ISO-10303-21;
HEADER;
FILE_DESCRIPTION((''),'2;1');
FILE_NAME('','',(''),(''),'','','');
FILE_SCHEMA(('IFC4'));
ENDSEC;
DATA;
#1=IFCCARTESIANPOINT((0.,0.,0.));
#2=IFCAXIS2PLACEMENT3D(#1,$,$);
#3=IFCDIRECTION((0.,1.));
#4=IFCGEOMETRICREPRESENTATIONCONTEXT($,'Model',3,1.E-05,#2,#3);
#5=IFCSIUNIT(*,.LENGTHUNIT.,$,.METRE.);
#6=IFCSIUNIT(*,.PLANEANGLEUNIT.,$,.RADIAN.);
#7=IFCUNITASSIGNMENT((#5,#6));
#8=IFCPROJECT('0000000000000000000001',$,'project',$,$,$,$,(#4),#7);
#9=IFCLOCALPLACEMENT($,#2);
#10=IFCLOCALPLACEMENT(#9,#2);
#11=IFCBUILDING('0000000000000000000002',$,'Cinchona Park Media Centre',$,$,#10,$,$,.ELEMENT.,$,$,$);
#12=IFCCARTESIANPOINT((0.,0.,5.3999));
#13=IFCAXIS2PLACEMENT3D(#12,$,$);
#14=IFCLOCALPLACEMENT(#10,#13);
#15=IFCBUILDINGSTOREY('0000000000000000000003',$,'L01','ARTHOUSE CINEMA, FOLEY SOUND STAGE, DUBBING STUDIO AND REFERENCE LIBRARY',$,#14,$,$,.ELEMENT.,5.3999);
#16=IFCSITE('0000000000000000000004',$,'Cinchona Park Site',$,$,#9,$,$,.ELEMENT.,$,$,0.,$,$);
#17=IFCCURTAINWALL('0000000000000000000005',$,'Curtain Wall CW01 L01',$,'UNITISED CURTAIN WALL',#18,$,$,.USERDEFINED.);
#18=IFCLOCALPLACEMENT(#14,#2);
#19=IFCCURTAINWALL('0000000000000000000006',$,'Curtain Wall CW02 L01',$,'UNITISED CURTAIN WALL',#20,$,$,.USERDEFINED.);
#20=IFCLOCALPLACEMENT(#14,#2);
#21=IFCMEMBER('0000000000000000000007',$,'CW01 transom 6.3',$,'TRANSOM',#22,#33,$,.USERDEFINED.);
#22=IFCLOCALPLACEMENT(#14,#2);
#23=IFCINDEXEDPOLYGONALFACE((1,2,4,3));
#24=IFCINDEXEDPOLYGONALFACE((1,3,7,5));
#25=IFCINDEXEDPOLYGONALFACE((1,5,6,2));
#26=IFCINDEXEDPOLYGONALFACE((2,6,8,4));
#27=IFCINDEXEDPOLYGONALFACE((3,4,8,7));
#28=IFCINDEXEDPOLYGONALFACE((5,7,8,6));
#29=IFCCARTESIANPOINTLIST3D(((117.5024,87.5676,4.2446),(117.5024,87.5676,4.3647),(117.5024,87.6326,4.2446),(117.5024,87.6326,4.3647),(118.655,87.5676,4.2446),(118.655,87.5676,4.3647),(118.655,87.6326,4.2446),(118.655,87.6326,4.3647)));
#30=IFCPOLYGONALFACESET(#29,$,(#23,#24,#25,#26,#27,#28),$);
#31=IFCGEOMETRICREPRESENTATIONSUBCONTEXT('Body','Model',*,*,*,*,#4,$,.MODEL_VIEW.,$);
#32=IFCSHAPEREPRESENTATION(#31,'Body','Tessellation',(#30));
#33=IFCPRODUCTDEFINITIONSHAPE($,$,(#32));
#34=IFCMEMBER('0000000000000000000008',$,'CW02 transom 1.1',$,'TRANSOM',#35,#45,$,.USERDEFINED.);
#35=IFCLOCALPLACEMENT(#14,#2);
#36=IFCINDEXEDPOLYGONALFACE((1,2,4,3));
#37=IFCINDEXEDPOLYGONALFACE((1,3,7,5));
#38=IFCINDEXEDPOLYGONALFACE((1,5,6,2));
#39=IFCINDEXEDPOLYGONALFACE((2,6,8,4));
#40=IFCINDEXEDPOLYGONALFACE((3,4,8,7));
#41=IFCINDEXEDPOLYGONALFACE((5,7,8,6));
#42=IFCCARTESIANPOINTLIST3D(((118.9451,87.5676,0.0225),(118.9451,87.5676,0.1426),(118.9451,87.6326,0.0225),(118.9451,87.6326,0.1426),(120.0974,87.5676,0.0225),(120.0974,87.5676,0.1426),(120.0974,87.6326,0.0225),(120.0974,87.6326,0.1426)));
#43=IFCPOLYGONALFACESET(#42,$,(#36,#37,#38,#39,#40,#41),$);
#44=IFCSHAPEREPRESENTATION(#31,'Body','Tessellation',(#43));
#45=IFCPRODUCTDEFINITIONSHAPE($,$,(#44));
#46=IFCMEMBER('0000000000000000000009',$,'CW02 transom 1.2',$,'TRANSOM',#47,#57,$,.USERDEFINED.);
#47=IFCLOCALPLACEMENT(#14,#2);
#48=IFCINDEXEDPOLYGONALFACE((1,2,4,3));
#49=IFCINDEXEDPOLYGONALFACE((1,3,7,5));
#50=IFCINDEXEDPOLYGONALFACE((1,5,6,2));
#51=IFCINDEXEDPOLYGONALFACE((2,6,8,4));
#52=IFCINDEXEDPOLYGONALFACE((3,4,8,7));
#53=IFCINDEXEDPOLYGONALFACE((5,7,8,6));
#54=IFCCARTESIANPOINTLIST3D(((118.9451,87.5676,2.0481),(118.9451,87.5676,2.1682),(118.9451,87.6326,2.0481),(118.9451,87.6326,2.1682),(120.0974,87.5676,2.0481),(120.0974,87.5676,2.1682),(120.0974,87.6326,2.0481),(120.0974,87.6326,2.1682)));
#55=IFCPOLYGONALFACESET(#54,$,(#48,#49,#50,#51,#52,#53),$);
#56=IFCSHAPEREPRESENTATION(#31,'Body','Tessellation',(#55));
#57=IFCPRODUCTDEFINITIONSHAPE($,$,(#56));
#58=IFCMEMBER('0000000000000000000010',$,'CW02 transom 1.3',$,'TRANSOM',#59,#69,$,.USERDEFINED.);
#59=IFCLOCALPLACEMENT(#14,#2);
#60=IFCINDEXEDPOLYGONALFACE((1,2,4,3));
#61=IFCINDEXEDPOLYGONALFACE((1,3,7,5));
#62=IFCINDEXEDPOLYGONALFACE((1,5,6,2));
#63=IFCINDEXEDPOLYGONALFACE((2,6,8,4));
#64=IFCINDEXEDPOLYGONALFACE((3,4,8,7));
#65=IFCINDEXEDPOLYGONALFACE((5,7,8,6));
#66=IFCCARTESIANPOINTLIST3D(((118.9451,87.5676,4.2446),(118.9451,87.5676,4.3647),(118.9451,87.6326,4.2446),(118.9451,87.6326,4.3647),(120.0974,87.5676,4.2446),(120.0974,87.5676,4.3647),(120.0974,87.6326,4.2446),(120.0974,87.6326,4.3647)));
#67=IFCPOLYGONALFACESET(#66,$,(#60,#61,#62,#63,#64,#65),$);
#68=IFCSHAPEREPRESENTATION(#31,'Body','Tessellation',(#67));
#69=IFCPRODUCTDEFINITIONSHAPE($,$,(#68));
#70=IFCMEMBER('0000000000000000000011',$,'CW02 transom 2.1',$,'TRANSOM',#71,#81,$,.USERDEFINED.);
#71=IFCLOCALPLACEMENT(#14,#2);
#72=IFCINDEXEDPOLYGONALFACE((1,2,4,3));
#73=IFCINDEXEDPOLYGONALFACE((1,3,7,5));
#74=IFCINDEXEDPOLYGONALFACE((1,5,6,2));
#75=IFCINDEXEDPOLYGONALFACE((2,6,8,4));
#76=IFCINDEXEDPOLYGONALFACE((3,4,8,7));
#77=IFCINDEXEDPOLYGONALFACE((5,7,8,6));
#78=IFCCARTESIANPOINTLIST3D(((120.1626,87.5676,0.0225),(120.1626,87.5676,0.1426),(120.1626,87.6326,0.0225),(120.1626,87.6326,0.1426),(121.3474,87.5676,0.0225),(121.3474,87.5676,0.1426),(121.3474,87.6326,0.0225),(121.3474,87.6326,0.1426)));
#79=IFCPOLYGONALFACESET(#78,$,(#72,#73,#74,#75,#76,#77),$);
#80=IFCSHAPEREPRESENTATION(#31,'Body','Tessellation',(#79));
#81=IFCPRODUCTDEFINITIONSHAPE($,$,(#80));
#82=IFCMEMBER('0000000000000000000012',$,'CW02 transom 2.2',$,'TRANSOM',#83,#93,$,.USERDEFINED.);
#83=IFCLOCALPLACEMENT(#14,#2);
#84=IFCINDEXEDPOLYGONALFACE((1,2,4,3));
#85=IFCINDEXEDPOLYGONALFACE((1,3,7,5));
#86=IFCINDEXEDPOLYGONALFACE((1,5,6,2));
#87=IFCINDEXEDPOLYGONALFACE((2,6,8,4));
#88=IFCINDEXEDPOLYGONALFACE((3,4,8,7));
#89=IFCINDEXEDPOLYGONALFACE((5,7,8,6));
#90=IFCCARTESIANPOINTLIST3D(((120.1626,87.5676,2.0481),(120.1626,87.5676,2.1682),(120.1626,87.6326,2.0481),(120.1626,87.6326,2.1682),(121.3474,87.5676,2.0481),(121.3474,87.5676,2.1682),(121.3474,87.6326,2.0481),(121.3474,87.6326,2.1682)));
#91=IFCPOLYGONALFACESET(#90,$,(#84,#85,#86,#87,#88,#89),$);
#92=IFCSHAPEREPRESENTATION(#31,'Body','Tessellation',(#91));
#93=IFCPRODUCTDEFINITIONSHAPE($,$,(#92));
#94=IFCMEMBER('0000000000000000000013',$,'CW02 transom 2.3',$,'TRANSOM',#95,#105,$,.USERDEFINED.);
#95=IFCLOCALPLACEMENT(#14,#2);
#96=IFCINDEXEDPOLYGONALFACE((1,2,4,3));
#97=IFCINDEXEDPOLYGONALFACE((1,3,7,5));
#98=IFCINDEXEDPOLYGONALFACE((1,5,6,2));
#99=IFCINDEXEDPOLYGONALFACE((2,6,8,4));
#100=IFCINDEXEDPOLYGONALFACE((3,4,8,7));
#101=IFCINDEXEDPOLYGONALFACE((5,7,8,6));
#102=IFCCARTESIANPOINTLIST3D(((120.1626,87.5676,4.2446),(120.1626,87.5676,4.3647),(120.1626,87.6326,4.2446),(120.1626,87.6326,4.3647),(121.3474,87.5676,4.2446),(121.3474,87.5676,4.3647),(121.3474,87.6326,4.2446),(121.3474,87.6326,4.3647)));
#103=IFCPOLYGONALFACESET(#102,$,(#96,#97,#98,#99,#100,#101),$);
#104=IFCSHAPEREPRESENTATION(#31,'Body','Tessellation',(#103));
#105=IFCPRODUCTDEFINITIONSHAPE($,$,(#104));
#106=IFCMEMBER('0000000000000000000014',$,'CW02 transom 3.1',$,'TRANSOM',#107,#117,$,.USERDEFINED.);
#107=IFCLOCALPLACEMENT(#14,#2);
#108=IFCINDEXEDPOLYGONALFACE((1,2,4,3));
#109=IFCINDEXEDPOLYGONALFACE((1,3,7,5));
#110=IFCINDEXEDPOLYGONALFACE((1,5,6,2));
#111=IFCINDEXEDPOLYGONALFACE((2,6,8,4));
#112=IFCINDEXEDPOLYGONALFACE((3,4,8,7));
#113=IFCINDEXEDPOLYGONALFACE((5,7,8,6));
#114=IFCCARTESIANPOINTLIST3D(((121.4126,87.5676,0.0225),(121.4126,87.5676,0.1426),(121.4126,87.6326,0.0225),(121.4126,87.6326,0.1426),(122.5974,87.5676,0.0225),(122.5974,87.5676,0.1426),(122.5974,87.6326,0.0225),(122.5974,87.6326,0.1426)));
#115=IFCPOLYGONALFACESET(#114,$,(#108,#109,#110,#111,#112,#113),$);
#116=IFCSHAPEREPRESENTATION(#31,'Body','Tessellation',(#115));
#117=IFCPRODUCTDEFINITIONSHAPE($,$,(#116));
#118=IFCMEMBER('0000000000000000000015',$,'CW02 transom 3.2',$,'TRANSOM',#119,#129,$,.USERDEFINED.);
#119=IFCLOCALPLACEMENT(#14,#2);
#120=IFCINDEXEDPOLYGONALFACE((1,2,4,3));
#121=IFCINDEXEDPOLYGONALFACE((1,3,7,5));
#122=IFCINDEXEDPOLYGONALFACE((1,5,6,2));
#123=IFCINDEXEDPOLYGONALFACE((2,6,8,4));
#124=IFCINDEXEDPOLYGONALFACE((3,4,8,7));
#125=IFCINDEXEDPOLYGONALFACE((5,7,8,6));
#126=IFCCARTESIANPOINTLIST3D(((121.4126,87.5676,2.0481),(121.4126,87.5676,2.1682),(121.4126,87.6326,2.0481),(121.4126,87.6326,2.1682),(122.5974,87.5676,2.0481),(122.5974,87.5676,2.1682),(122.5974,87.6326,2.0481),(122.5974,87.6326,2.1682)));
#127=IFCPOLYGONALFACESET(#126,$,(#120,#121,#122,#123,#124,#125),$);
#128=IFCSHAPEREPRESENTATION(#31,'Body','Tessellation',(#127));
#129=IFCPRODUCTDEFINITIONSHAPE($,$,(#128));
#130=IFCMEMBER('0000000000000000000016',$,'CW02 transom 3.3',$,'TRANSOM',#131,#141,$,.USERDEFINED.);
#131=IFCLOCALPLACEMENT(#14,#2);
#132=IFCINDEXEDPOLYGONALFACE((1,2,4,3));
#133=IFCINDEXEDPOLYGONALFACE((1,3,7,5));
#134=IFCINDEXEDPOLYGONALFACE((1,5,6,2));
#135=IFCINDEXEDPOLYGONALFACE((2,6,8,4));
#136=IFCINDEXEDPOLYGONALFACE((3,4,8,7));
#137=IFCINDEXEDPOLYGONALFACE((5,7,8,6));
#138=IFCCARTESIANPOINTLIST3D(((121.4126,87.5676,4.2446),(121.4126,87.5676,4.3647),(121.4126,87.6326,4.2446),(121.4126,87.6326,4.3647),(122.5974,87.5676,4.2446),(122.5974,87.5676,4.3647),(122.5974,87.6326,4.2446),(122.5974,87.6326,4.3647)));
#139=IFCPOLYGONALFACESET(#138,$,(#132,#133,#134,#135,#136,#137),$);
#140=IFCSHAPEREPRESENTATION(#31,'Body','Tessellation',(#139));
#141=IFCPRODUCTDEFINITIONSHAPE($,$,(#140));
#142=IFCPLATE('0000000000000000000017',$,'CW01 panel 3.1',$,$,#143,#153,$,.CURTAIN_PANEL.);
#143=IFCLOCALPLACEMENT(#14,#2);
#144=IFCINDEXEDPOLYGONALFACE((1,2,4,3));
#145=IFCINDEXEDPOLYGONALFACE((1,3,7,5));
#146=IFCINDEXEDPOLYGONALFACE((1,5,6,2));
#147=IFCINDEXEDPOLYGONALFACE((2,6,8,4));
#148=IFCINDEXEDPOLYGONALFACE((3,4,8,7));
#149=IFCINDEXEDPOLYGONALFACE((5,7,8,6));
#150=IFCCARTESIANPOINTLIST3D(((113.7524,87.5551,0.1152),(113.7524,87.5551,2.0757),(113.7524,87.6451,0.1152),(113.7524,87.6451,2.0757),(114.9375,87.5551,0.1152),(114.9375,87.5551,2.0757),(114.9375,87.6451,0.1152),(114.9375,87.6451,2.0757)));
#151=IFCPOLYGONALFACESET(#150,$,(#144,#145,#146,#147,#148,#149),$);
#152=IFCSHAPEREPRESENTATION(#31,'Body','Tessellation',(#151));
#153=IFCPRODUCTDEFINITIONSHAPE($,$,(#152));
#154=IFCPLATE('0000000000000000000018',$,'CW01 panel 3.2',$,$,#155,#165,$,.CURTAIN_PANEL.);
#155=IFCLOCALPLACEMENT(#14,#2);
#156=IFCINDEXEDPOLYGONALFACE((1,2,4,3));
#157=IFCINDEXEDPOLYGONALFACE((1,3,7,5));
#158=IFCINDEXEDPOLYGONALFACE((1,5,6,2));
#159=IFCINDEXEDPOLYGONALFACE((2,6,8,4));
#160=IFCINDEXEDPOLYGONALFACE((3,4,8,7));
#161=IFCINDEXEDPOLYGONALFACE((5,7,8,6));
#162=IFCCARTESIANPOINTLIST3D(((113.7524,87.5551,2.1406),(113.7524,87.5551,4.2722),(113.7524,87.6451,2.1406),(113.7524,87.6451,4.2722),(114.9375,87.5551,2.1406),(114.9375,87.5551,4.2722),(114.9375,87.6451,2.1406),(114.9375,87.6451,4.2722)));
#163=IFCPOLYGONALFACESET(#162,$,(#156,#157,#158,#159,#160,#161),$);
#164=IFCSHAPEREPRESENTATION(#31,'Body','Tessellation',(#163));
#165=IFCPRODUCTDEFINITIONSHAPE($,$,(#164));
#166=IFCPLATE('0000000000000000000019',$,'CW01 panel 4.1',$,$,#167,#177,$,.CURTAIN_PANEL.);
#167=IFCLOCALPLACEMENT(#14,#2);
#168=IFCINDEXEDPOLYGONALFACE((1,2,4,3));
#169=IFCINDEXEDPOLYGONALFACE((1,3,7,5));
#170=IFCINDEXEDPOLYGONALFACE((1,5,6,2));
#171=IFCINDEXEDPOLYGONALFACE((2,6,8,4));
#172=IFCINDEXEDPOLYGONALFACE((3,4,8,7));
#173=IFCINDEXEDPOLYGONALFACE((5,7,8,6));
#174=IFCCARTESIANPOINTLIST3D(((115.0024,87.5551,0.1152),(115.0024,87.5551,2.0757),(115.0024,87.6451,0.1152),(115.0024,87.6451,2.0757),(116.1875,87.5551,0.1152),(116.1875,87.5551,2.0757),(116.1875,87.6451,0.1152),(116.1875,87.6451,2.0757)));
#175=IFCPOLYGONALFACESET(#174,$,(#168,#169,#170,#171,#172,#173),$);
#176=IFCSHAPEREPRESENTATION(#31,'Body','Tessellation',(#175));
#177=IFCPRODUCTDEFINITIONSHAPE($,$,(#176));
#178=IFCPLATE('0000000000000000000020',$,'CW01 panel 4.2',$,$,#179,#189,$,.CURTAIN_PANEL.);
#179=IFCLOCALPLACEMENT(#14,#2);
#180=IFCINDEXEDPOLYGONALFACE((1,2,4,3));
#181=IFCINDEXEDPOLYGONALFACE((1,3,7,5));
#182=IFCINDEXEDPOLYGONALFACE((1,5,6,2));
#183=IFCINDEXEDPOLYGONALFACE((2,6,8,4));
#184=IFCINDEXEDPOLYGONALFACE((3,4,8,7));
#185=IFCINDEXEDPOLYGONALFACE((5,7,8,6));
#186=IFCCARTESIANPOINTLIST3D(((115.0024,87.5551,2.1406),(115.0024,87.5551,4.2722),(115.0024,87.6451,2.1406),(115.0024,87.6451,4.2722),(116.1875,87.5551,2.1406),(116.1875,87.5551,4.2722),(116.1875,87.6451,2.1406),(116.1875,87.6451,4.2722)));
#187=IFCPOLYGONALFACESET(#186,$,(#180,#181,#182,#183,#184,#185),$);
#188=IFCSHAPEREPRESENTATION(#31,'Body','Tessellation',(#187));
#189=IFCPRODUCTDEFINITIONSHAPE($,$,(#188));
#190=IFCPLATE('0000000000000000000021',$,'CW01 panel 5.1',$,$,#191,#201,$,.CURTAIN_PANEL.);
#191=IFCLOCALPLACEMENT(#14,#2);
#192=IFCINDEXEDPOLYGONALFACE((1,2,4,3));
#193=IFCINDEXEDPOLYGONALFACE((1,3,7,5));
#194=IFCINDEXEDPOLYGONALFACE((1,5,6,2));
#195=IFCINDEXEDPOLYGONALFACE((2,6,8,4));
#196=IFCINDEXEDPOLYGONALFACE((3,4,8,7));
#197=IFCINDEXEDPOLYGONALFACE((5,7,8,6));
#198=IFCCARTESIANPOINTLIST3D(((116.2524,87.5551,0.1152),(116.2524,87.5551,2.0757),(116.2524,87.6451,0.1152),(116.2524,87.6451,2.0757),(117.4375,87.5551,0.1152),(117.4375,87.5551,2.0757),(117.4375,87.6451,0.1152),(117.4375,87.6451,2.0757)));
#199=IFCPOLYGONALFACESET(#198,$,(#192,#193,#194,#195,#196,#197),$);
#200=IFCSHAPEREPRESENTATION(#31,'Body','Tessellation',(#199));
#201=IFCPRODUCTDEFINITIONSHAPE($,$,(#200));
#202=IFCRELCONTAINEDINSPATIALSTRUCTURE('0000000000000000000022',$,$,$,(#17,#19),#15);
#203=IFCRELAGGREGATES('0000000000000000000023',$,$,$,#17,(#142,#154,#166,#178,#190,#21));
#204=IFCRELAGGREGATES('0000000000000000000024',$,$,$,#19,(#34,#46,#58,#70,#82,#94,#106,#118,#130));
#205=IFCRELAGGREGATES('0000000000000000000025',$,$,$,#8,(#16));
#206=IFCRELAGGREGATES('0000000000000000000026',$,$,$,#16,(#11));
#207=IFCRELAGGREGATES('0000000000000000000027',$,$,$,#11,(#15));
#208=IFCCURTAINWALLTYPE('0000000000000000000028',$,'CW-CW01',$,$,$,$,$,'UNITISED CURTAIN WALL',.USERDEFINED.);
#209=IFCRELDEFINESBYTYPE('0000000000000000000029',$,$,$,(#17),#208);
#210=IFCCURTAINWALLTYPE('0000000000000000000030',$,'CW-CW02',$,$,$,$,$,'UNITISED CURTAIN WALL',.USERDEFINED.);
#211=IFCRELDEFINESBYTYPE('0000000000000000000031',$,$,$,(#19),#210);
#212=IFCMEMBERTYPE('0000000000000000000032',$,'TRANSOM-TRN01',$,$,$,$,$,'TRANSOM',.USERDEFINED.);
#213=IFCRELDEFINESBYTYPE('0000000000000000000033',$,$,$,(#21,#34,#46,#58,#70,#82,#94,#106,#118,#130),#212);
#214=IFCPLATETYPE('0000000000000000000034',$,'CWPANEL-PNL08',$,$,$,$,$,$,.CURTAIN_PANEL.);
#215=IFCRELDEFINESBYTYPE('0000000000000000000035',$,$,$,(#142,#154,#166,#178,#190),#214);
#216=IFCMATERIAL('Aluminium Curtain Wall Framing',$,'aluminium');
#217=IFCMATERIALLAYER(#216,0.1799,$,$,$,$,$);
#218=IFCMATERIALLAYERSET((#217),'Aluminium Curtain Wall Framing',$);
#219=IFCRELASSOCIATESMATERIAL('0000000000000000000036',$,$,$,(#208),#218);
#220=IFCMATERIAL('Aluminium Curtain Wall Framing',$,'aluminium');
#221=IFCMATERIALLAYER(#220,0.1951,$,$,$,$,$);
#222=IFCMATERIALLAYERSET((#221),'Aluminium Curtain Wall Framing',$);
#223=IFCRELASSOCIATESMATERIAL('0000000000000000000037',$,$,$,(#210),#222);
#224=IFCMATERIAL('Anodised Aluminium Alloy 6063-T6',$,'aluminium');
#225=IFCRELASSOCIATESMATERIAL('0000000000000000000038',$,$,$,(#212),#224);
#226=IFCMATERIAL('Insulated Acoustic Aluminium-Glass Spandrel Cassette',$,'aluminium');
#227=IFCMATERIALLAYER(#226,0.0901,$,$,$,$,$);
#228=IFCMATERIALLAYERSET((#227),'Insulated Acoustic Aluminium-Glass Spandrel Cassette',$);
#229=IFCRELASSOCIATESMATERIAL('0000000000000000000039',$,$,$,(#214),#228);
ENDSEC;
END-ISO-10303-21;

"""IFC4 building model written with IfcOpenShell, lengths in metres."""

from ifc_helpers import new_model, si_unit, direction, frame, origin, origin_2d, place, context, subcontext, project, spatial, rectangle, extrude, material, layer, layer_set, material_profile, profile_set, type_object, element, aggregate, save


model = new_model("IFC4")

# Units and contexts
model_context = context("Model", 3, precision=1e-05, world=origin(), true_north=direction((0.0, 1.0)))
body_context = subcontext(model_context, "Body", "Model", "MODEL_VIEW")
ifc_project = project(units=[si_unit("LENGTHUNIT", "METRE"), si_unit("PLANEANGLEUNIT", "RADIAN")], contexts=[model_context])

# Site, building, storey
site_placement = place(None, origin())
site = spatial("IfcSite", under=ifc_project, at=site_placement, Name="Cinchona Park Site", CompositionType="ELEMENT", RefElevation=0.0)
building_placement = place(site_placement, origin())
building = spatial("IfcBuilding", under=site, at=building_placement, Name="Cinchona Park Media Centre", CompositionType="ELEMENT")
storey_placement = place(building_placement, frame((0.0, 0.0, 5.3999)))
storey = spatial("IfcBuildingStorey", under=building, at=storey_placement, Name="L01", Description="ARTHOUSE CINEMA, FOLEY SOUND STAGE, DUBBING STUDIO AND REFERENCE LIBRARY", CompositionType="ELEMENT", Elevation=5.3999)

# Curtain walls
ifc_material_1 = material(Name="Aluminium Curtain Wall Framing", Category="aluminium")
ifc_layer_1 = layer(ifc_material_1, 0.1799)
ifc_layer_set_1 = layer_set([ifc_layer_1], Name="Aluminium Curtain Wall Framing")
curtain_wall_type_1 = type_object("IfcCurtainWallType", Name="CW-CW01", ElementType="UNITISED CURTAIN WALL", PredefinedType="USERDEFINED", material=ifc_layer_set_1)
curtain_wall_1_placement = place(storey_placement, origin())
curtain_wall_1 = element("IfcCurtainWall", 1, at=curtain_wall_1_placement, inside=storey, type_object=curtain_wall_type_1, Name="Curtain Wall CW01 L01", ObjectType="UNITISED CURTAIN WALL", PredefinedType="USERDEFINED")
ifc_material_2 = material(Name="Aluminium Curtain Wall Framing", Category="aluminium")
ifc_layer_2 = layer(ifc_material_2, 0.1951)
ifc_layer_set_2 = layer_set([ifc_layer_2], Name="Aluminium Curtain Wall Framing")
curtain_wall_type_2 = type_object("IfcCurtainWallType", Name="CW-CW02", ElementType="UNITISED CURTAIN WALL", PredefinedType="USERDEFINED", material=ifc_layer_set_2)
curtain_wall_2_placement = place(storey_placement, origin())
curtain_wall_2 = element("IfcCurtainWall", 2, at=curtain_wall_2_placement, inside=storey, type_object=curtain_wall_type_2, Name="Curtain Wall CW02 L01", ObjectType="UNITISED CURTAIN WALL", PredefinedType="USERDEFINED")

# Members
ifc_material_3 = material(Name="Anodised Aluminium Alloy 6063-T6", Category="aluminium")
ifc_material_profile_1 = material_profile(ifc_material_3, rectangle(XDim=0.0649, YDim=0.1201, at=origin_2d()), Name="TRN-65X120")
ifc_profile_set_1 = profile_set([ifc_material_profile_1], Name="Anodised Aluminium Alloy 6063-T6")
member_type_1 = type_object("IfcMemberType", Name="TRANSOM-TRN01", ElementType="TRANSOM", PredefinedType="USERDEFINED", material=ifc_profile_set_1)
member_1_placement = place(storey_placement, frame((117.5024, 87.6001, 4.3047), z_axis=(1.0, 0.0, 0.0), x_axis=(0.0, 1.0, 0.0)))
member_1 = element("IfcMember", 3, at=member_1_placement, type_object=member_type_1, Name="CW01 transom 6.3", ObjectType="TRANSOM", PredefinedType="USERDEFINED", context=body_context, shape_type="SweptSolid", body=[
    extrude(rectangle(XDim=0.0649, YDim=0.1201, at=origin_2d()), origin(), (0.0, 0.0, 1.0), 1.1526),
])
member_2_placement = place(storey_placement, frame((118.9451, 87.6001, 0.0825), z_axis=(1.0, 0.0, 0.0), x_axis=(0.0, 1.0, 0.0)))
member_2 = element("IfcMember", 4, at=member_2_placement, type_object=member_type_1, Name="CW02 transom 1.1", ObjectType="TRANSOM", PredefinedType="USERDEFINED", context=body_context, shape_type="SweptSolid", body=[
    extrude(rectangle(XDim=0.0649, YDim=0.1201, at=origin_2d()), origin(), (0.0, 0.0, 1.0), 1.1523),
])
member_3_placement = place(storey_placement, frame((118.9451, 87.6001, 2.1082), z_axis=(1.0, 0.0, 0.0), x_axis=(0.0, 1.0, 0.0)))
member_3 = element("IfcMember", 5, at=member_3_placement, type_object=member_type_1, Name="CW02 transom 1.2", ObjectType="TRANSOM", PredefinedType="USERDEFINED", context=body_context, shape_type="SweptSolid", body=[
    extrude(rectangle(XDim=0.0649, YDim=0.1201, at=origin_2d()), origin(), (0.0, 0.0, 1.0), 1.1523),
])
member_4_placement = place(storey_placement, frame((118.9451, 87.6001, 4.3047), z_axis=(1.0, 0.0, 0.0), x_axis=(0.0, 1.0, 0.0)))
member_4 = element("IfcMember", 6, at=member_4_placement, type_object=member_type_1, Name="CW02 transom 1.3", ObjectType="TRANSOM", PredefinedType="USERDEFINED", context=body_context, shape_type="SweptSolid", body=[
    extrude(rectangle(XDim=0.0649, YDim=0.1201, at=origin_2d()), origin(), (0.0, 0.0, 1.0), 1.1523),
])
member_5_placement = place(storey_placement, frame((120.1626, 87.6001, 0.0825), z_axis=(1.0, 0.0, 0.0), x_axis=(0.0, 1.0, 0.0)))
member_5 = element("IfcMember", 7, at=member_5_placement, type_object=member_type_1, Name="CW02 transom 2.1", ObjectType="TRANSOM", PredefinedType="USERDEFINED", context=body_context, shape_type="SweptSolid", body=[
    extrude(rectangle(XDim=0.0649, YDim=0.1201, at=origin_2d()), origin(), (0.0, 0.0, 1.0), 1.1848),
])
member_6_placement = place(storey_placement, frame((120.1626, 87.6001, 2.1082), z_axis=(1.0, 0.0, 0.0), x_axis=(0.0, 1.0, 0.0)))
member_6 = element("IfcMember", 8, at=member_6_placement, type_object=member_type_1, Name="CW02 transom 2.2", ObjectType="TRANSOM", PredefinedType="USERDEFINED", context=body_context, shape_type="SweptSolid", body=[
    extrude(rectangle(XDim=0.0649, YDim=0.1201, at=origin_2d()), origin(), (0.0, 0.0, 1.0), 1.1848),
])
member_7_placement = place(storey_placement, frame((120.1626, 87.6001, 4.3047), z_axis=(1.0, 0.0, 0.0), x_axis=(0.0, 1.0, 0.0)))
member_7 = element("IfcMember", 9, at=member_7_placement, type_object=member_type_1, Name="CW02 transom 2.3", ObjectType="TRANSOM", PredefinedType="USERDEFINED", context=body_context, shape_type="SweptSolid", body=[
    extrude(rectangle(XDim=0.0649, YDim=0.1201, at=origin_2d()), origin(), (0.0, 0.0, 1.0), 1.1848),
])
member_8_placement = place(storey_placement, frame((121.4126, 87.6001, 0.0825), z_axis=(1.0, 0.0, 0.0), x_axis=(0.0, 1.0, 0.0)))
member_8 = element("IfcMember", 10, at=member_8_placement, type_object=member_type_1, Name="CW02 transom 3.1", ObjectType="TRANSOM", PredefinedType="USERDEFINED", context=body_context, shape_type="SweptSolid", body=[
    extrude(rectangle(XDim=0.0649, YDim=0.1201, at=origin_2d()), origin(), (0.0, 0.0, 1.0), 1.1848),
])
member_9_placement = place(storey_placement, frame((121.4126, 87.6001, 2.1082), z_axis=(1.0, 0.0, 0.0), x_axis=(0.0, 1.0, 0.0)))
member_9 = element("IfcMember", 11, at=member_9_placement, type_object=member_type_1, Name="CW02 transom 3.2", ObjectType="TRANSOM", PredefinedType="USERDEFINED", context=body_context, shape_type="SweptSolid", body=[
    extrude(rectangle(XDim=0.0649, YDim=0.1201, at=origin_2d()), origin(), (0.0, 0.0, 1.0), 1.1848),
])
member_10_placement = place(storey_placement, frame((121.4126, 87.6001, 4.3047), z_axis=(1.0, 0.0, 0.0), x_axis=(0.0, 1.0, 0.0)))
member_10 = element("IfcMember", 12, at=member_10_placement, type_object=member_type_1, Name="CW02 transom 3.3", ObjectType="TRANSOM", PredefinedType="USERDEFINED", context=body_context, shape_type="SweptSolid", body=[
    extrude(rectangle(XDim=0.0649, YDim=0.1201, at=origin_2d()), origin(), (0.0, 0.0, 1.0), 1.1848),
])

# Plates
ifc_material_4 = material(Name="Insulated Acoustic Aluminium-Glass Spandrel Cassette", Category="aluminium")
ifc_layer_3 = layer(ifc_material_4, 0.0901)
ifc_layer_set_3 = layer_set([ifc_layer_3], Name="Insulated Acoustic Aluminium-Glass Spandrel Cassette")
plate_type_1 = type_object("IfcPlateType", Name="CWPANEL-PNL08", PredefinedType="CURTAIN_PANEL", material=ifc_layer_set_3)
plate_1_placement = place(storey_placement, frame((114.345, 87.6001, 0.1152), z_axis=(0.0, 0.0, 1.0), x_axis=(1.0, 0.0, 0.0)))
plate_1 = element("IfcPlate", 13, at=plate_1_placement, type_object=plate_type_1, Name="CW01 panel 3.1", PredefinedType="CURTAIN_PANEL", context=body_context, shape_type="SweptSolid", body=[
    extrude(rectangle(XDim=1.1851, YDim=0.0901, at=origin_2d()), origin(), (0.0, 0.0, 1.0), 1.9604),
])
plate_2_placement = place(storey_placement, frame((114.345, 87.6001, 2.1406), z_axis=(0.0, 0.0, 1.0), x_axis=(1.0, 0.0, 0.0)))
plate_2 = element("IfcPlate", 14, at=plate_2_placement, type_object=plate_type_1, Name="CW01 panel 3.2", PredefinedType="CURTAIN_PANEL", context=body_context, shape_type="SweptSolid", body=[
    extrude(rectangle(XDim=1.1851, YDim=0.0901, at=origin_2d()), origin(), (0.0, 0.0, 1.0), 2.1316),
])
plate_3_placement = place(storey_placement, frame((115.595, 87.6001, 0.1152), z_axis=(0.0, 0.0, 1.0), x_axis=(1.0, 0.0, 0.0)))
plate_3 = element("IfcPlate", 15, at=plate_3_placement, type_object=plate_type_1, Name="CW01 panel 4.1", PredefinedType="CURTAIN_PANEL", context=body_context, shape_type="SweptSolid", body=[
    extrude(rectangle(XDim=1.1851, YDim=0.0901, at=origin_2d()), origin(), (0.0, 0.0, 1.0), 1.9604),
])
plate_4_placement = place(storey_placement, frame((115.595, 87.6001, 2.1406), z_axis=(0.0, 0.0, 1.0), x_axis=(1.0, 0.0, 0.0)))
plate_4 = element("IfcPlate", 16, at=plate_4_placement, type_object=plate_type_1, Name="CW01 panel 4.2", PredefinedType="CURTAIN_PANEL", context=body_context, shape_type="SweptSolid", body=[
    extrude(rectangle(XDim=1.1851, YDim=0.0901, at=origin_2d()), origin(), (0.0, 0.0, 1.0), 2.1316),
])
plate_5_placement = place(storey_placement, frame((116.845, 87.6001, 0.1152), z_axis=(0.0, 0.0, 1.0), x_axis=(1.0, 0.0, 0.0)))
plate_5 = element("IfcPlate", 17, at=plate_5_placement, type_object=plate_type_1, Name="CW01 panel 5.1", PredefinedType="CURTAIN_PANEL", context=body_context, shape_type="SweptSolid", body=[
    extrude(rectangle(XDim=1.1851, YDim=0.0901, at=origin_2d()), origin(), (0.0, 0.0, 1.0), 1.9604),
])
aggregate(curtain_wall_1, [plate_1, plate_2, plate_3, plate_4, plate_5, member_1])
aggregate(curtain_wall_2, [member_2, member_3, member_4, member_5, member_6, member_7, member_8, member_9, member_10])

save(model, "model.ifc")
